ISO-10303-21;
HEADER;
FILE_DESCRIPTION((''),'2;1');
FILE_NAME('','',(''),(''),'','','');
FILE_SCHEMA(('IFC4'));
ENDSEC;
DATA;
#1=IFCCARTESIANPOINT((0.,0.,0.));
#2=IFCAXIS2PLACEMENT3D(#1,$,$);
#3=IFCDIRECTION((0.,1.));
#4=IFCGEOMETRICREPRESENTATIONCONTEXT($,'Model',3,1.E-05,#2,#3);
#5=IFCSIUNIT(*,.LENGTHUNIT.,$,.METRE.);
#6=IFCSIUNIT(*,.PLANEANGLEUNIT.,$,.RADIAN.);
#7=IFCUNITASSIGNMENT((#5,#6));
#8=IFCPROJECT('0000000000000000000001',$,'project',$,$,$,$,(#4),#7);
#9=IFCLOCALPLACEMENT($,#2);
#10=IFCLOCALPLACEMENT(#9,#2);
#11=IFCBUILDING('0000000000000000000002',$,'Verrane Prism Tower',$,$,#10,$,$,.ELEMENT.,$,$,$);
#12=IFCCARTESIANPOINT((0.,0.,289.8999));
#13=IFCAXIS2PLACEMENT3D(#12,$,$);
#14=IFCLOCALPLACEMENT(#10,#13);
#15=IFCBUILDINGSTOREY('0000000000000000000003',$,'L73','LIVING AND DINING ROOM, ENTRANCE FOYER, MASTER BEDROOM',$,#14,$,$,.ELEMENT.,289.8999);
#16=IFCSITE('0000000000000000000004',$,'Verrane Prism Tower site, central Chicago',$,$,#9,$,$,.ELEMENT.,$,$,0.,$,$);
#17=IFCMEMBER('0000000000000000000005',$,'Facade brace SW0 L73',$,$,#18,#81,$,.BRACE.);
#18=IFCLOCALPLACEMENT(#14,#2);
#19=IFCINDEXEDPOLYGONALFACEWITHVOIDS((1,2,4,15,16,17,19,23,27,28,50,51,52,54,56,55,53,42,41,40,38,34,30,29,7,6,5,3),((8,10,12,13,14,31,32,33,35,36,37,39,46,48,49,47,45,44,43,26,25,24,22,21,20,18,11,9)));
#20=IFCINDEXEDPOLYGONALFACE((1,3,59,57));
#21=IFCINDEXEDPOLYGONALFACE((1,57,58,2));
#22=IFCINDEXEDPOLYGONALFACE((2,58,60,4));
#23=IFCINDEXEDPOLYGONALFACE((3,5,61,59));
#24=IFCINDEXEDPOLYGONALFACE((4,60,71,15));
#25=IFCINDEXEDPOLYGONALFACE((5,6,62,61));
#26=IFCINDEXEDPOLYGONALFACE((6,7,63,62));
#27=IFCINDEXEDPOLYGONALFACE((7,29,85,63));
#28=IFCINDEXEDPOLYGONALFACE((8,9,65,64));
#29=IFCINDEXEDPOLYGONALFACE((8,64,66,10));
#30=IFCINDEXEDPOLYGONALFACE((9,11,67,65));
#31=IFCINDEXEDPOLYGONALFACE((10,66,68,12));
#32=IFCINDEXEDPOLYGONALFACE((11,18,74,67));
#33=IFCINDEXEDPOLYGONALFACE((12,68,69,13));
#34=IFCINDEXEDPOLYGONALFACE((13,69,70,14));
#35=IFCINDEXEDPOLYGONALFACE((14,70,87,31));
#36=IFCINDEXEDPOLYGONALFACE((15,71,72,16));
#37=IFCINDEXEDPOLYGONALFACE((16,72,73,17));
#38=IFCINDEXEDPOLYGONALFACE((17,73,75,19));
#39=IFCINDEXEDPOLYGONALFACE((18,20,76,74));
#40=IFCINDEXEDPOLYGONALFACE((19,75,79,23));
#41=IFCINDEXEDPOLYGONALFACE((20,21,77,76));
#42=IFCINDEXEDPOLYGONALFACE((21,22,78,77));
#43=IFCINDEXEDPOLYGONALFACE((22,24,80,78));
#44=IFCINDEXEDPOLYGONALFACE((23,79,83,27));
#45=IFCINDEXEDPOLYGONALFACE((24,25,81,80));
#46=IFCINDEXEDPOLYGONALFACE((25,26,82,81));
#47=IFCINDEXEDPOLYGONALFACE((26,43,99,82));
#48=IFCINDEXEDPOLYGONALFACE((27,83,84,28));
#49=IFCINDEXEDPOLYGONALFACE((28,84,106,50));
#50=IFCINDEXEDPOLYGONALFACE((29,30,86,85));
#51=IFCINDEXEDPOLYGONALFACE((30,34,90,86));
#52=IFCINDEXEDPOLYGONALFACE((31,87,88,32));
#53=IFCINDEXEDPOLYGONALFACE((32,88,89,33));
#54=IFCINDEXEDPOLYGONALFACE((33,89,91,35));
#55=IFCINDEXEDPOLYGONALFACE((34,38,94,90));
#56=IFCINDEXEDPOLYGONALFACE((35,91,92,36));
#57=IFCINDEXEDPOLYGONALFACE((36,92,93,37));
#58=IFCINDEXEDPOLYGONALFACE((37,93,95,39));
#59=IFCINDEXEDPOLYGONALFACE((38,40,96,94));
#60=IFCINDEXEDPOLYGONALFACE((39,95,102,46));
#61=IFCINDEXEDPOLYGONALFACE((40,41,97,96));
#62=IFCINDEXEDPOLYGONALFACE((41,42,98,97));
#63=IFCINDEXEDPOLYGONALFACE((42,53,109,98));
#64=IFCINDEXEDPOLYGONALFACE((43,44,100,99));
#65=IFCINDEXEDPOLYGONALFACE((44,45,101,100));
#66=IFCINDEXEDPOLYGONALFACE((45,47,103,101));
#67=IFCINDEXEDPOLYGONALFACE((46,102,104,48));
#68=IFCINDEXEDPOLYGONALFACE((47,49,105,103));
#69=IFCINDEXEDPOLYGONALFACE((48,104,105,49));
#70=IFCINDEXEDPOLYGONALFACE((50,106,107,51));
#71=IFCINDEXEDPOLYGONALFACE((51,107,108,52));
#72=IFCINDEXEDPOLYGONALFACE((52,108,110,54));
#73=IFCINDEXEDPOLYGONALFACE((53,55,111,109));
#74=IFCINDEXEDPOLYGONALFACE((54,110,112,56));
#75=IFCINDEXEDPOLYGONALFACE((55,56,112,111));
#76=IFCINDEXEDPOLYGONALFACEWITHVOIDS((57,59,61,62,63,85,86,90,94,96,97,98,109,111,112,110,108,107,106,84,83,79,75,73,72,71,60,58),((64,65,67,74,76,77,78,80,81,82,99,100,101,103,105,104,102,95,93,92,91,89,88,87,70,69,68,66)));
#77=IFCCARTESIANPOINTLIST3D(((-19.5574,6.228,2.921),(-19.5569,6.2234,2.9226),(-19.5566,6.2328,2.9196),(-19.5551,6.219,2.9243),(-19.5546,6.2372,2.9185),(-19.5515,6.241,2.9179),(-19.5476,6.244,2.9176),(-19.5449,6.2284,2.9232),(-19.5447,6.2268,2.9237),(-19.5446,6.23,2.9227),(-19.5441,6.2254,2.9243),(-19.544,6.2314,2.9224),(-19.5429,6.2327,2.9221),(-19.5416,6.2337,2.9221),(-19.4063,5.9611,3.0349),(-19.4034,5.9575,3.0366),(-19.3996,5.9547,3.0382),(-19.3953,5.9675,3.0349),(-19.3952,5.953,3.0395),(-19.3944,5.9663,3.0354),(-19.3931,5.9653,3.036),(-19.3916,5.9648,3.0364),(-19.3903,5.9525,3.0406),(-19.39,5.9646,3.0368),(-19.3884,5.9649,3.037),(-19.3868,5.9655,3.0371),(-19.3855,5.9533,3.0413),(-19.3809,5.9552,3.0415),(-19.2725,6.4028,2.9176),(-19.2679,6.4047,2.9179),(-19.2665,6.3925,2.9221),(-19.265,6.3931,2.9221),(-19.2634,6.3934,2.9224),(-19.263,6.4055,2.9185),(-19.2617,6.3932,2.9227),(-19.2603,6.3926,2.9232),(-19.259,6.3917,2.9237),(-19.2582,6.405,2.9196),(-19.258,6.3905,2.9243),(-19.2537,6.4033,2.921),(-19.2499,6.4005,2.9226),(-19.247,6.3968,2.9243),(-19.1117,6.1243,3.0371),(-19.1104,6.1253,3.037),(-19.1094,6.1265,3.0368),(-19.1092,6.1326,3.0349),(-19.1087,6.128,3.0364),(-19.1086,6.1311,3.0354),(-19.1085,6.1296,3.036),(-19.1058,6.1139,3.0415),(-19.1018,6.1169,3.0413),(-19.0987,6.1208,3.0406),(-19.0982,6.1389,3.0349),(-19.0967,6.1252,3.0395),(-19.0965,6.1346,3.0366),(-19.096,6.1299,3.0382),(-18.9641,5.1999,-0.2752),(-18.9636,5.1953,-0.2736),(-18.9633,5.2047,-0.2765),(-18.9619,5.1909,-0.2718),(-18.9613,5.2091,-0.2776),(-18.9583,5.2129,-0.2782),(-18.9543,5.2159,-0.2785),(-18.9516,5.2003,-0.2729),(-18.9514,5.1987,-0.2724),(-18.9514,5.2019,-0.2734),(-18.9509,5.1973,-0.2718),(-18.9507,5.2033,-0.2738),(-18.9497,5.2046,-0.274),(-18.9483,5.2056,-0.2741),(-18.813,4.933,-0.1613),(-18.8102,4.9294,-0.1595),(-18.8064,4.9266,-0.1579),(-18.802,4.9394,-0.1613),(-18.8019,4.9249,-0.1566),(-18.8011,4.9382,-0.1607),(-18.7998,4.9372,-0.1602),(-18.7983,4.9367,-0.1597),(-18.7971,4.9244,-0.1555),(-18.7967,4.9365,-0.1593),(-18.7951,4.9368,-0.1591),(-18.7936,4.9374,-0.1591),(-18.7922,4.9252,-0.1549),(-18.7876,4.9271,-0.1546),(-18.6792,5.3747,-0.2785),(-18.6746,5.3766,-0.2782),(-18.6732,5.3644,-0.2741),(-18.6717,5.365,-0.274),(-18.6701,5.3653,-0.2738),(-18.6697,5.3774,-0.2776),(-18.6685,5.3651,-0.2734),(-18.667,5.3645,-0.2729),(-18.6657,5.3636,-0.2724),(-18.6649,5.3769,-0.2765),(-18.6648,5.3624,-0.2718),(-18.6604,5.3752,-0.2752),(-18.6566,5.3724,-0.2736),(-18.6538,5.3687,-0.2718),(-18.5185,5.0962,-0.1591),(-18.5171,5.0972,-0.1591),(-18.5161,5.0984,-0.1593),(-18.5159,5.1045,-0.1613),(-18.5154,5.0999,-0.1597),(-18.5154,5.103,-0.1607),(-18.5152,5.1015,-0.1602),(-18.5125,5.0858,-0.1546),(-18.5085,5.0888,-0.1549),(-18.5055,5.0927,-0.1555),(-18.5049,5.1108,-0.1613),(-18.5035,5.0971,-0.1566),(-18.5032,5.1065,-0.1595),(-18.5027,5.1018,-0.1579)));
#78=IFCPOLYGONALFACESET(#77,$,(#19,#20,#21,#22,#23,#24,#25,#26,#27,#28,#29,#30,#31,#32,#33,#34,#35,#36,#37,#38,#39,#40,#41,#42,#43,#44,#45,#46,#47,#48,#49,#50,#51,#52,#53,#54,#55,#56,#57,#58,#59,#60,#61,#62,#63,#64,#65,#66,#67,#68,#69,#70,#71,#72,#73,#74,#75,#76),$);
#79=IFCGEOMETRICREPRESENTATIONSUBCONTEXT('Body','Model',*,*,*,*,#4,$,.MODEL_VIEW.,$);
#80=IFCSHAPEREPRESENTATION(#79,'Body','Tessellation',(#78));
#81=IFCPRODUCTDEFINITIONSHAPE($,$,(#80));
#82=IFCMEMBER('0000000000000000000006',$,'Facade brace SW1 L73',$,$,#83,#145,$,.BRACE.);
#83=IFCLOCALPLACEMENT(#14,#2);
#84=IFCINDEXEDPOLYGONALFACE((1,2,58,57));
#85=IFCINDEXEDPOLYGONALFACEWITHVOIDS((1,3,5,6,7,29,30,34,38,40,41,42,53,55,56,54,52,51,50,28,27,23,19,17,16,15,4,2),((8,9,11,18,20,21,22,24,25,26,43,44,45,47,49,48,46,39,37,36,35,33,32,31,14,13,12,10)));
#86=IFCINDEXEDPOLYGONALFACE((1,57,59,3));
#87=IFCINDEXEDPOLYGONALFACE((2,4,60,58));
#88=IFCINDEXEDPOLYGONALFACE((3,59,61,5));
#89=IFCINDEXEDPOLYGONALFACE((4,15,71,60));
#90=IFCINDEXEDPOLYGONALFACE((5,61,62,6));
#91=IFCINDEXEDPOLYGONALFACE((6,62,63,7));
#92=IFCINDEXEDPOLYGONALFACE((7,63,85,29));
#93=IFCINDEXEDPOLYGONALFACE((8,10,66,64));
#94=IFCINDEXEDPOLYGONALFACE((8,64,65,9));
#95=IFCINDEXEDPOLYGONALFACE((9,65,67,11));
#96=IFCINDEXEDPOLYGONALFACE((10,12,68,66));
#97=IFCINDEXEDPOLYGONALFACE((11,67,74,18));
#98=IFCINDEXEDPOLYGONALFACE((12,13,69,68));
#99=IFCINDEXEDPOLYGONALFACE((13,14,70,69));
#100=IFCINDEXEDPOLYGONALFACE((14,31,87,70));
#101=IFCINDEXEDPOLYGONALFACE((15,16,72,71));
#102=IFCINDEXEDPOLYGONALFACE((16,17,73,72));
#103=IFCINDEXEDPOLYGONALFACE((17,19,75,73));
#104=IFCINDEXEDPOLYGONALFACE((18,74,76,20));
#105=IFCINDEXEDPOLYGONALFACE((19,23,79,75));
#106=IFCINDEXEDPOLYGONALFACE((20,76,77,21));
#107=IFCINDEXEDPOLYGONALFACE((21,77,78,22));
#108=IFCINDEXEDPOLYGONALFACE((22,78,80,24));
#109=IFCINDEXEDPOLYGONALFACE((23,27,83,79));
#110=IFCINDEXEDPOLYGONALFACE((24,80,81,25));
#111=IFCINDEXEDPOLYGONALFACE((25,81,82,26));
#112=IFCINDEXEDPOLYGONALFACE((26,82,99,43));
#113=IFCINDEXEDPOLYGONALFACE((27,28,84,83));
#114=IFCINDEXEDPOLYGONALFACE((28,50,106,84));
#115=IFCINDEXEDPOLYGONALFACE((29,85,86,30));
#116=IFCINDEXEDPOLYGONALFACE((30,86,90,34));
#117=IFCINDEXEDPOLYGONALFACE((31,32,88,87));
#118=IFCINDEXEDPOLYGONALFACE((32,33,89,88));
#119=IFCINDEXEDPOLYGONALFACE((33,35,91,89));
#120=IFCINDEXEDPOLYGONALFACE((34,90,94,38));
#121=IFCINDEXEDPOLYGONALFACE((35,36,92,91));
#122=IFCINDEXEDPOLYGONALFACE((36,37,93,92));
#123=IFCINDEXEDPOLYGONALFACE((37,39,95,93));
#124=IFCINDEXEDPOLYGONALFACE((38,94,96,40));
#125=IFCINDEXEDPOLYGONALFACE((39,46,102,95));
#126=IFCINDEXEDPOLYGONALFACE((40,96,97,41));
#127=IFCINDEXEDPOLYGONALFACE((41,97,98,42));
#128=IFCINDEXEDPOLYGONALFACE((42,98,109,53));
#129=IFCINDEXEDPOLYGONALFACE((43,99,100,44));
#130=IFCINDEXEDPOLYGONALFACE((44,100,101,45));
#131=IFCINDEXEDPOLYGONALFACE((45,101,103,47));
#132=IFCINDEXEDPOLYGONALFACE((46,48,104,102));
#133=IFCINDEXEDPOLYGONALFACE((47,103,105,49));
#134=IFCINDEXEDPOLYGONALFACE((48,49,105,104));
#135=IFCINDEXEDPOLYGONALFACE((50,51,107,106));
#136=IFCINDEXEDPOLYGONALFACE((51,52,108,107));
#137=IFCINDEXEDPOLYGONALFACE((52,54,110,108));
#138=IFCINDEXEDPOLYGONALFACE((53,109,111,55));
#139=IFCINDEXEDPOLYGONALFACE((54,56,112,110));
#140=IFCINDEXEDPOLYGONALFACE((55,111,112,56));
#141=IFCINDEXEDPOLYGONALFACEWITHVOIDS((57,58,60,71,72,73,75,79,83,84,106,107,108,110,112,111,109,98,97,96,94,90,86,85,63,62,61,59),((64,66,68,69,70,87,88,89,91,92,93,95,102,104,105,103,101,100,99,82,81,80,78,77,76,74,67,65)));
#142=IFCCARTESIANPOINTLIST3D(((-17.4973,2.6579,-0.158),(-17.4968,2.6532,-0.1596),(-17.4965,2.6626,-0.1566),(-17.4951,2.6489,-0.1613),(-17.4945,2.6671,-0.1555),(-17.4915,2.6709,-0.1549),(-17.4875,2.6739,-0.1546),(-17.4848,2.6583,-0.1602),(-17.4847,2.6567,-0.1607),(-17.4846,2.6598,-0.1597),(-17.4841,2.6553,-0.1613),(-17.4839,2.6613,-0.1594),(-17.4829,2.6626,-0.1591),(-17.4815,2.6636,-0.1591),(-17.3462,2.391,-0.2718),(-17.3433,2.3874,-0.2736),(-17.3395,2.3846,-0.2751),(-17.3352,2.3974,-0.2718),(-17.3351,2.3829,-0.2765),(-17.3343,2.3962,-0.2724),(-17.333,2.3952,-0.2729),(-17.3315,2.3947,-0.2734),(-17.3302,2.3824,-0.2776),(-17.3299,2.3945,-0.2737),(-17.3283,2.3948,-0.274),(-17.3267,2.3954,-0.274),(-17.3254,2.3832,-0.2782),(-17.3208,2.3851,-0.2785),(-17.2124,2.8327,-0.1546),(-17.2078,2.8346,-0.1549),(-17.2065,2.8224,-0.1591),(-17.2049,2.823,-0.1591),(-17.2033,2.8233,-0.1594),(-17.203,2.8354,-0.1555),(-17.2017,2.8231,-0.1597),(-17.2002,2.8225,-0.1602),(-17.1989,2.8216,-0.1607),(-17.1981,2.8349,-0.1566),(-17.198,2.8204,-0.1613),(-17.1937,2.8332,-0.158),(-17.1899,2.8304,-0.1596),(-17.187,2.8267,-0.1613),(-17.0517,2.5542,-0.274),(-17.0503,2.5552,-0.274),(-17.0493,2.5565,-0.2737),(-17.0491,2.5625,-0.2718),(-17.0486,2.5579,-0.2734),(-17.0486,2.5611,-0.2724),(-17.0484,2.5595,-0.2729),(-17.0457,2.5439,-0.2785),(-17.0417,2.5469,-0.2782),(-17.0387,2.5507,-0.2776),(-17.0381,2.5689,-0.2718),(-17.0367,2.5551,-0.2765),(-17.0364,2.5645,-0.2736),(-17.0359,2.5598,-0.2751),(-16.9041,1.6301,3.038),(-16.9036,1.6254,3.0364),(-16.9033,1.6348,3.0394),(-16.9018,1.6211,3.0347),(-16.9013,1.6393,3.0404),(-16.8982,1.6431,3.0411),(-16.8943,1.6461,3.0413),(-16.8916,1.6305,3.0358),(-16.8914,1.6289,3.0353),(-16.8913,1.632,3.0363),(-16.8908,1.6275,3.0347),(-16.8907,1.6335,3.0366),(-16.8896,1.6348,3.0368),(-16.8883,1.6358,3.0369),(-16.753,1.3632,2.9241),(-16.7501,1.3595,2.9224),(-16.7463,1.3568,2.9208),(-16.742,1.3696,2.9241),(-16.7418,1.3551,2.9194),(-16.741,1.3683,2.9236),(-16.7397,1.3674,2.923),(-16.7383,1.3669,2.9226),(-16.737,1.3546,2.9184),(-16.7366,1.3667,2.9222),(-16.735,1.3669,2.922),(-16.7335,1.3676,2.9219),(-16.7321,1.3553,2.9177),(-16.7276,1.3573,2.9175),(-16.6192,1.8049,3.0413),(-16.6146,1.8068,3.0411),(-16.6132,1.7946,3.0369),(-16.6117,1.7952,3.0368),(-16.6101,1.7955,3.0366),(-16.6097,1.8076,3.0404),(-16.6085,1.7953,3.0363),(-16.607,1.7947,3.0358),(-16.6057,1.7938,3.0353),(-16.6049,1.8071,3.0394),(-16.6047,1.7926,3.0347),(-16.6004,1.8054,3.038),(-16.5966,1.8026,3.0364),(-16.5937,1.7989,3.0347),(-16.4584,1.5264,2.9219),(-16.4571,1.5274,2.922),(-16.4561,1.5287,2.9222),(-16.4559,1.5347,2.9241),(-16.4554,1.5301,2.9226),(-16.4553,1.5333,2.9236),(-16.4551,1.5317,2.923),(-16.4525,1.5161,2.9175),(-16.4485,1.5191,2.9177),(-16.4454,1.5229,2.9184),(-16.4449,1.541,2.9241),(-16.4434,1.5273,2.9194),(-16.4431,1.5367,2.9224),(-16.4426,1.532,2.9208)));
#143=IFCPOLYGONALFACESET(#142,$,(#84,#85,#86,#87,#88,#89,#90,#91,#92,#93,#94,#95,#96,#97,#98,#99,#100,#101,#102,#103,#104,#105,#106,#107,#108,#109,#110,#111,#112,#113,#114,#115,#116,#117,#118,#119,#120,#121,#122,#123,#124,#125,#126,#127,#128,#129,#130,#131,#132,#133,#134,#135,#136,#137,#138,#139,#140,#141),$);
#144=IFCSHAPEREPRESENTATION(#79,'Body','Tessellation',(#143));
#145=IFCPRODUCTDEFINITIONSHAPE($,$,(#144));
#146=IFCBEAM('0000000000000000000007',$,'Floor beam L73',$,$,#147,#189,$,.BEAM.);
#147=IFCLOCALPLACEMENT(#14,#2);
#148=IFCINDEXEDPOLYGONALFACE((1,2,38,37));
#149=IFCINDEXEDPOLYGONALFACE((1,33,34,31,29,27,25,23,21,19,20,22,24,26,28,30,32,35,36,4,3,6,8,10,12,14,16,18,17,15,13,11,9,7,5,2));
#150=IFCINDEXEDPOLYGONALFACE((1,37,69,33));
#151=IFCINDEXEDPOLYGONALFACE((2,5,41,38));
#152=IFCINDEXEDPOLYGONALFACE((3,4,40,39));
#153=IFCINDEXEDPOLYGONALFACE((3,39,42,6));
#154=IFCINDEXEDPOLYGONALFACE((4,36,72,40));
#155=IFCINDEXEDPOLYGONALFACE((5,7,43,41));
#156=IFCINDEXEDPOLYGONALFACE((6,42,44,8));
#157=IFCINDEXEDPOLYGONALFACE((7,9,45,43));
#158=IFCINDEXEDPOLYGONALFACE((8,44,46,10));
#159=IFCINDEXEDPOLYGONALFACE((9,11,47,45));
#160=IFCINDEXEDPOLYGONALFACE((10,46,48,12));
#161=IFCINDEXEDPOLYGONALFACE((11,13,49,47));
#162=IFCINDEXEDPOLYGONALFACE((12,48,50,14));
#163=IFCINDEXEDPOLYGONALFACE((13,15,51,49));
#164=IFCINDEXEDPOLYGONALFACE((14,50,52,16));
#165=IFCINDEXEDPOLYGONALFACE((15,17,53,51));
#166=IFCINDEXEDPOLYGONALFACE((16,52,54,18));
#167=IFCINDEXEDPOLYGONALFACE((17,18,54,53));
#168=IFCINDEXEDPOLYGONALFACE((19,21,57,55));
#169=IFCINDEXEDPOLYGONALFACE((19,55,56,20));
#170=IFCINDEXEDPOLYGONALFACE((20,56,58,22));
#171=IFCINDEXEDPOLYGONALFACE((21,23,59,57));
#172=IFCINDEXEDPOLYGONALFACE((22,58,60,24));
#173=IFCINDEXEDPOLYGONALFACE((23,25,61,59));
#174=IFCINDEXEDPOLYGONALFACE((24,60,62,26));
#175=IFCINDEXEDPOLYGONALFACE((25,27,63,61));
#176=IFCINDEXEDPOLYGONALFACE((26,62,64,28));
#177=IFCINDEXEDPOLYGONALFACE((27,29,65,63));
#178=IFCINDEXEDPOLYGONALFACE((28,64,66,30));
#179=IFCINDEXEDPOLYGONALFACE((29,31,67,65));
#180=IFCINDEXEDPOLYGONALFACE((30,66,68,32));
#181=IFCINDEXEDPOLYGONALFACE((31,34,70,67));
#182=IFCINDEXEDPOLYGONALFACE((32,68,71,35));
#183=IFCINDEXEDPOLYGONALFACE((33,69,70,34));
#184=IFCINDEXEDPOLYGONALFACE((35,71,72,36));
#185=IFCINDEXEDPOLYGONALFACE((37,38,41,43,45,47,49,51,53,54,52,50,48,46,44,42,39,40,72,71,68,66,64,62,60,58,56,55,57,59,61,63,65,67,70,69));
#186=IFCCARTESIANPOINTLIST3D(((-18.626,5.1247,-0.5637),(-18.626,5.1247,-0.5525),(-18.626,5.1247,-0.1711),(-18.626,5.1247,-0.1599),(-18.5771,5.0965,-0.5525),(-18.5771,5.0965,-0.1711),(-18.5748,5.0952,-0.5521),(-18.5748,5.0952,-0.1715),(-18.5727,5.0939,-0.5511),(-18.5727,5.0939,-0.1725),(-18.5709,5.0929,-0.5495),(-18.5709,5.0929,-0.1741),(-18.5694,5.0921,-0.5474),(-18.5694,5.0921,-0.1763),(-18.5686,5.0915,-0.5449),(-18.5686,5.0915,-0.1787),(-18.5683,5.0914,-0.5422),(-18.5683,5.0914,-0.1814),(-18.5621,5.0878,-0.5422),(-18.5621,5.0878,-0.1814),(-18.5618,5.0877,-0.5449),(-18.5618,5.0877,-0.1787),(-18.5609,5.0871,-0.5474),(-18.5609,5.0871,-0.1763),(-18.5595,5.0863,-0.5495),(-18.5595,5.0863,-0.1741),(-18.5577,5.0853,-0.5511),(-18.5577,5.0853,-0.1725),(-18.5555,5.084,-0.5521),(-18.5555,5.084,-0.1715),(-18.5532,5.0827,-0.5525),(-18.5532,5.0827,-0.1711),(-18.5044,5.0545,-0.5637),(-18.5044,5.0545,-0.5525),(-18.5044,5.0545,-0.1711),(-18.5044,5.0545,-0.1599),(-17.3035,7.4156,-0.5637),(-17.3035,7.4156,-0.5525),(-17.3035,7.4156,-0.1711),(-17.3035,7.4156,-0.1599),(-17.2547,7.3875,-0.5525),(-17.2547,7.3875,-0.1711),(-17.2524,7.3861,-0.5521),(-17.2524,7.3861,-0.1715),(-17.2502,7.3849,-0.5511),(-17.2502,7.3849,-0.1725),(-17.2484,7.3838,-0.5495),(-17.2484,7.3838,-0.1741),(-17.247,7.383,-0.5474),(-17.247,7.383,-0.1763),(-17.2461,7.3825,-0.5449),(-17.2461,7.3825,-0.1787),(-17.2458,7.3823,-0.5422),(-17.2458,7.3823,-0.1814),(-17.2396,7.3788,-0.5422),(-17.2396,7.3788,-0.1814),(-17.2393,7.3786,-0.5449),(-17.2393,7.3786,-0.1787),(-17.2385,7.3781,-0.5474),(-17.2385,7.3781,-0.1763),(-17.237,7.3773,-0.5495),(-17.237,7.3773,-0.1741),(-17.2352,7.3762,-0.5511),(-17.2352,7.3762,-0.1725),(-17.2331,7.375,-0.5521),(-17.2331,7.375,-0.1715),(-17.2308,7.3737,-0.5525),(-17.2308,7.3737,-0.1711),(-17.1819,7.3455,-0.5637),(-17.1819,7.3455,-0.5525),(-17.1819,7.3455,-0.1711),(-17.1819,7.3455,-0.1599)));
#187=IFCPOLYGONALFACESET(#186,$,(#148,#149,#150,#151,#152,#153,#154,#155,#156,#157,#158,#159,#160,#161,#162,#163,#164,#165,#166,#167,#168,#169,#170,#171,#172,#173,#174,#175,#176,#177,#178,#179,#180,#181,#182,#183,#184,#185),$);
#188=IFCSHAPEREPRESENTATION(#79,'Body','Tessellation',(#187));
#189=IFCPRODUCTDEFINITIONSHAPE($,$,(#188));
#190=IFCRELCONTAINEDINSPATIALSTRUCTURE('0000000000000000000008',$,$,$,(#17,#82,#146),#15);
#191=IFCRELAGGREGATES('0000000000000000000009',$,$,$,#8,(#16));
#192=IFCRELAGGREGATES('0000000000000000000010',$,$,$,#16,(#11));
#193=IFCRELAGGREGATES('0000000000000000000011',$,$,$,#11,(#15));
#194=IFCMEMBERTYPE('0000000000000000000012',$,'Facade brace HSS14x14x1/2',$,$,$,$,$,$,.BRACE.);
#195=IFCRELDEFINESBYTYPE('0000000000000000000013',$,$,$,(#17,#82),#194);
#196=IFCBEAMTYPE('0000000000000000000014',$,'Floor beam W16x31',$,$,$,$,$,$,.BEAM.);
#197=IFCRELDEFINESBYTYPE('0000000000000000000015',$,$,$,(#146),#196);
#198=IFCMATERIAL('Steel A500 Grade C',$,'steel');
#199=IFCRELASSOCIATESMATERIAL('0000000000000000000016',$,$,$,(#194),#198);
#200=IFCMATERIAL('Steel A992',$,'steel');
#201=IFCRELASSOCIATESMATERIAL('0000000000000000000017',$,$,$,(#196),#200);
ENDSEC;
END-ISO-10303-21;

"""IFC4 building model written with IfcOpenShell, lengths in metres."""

from ifc_helpers import new_model, si_unit, direction, frame, origin, origin_2d, place, context, subcontext, project, spatial, hollow_rectangle, i_section, extrude, material, material_profile, profile_set, type_object, element, save


model = new_model("IFC4")

# Units and contexts
model_context = context("Model", 3, precision=1e-05, world=origin(), true_north=direction((0.0, 1.0)))
body_context = subcontext(model_context, "Body", "Model", "MODEL_VIEW")
ifc_project = project(units=[si_unit("LENGTHUNIT", "METRE"), si_unit("PLANEANGLEUNIT", "RADIAN")], contexts=[model_context])

# Site, building, storey
site_placement = place(None, origin())
site = spatial("IfcSite", under=ifc_project, at=site_placement, Name="Verrane Prism Tower site, central Chicago", CompositionType="ELEMENT", RefElevation=0.0)
building_placement = place(site_placement, origin())
building = spatial("IfcBuilding", under=site, at=building_placement, Name="Verrane Prism Tower", CompositionType="ELEMENT")
storey_placement = place(building_placement, frame((0.0, 0.0, 289.8999)))
storey = spatial("IfcBuildingStorey", under=building, at=storey_placement, Name="L73", Description="LIVING AND DINING ROOM, ENTRANCE FOYER, MASTER BEDROOM", CompositionType="ELEMENT", Elevation=289.8999)

# Members
ifc_material_1 = material(Name="Steel A500 Grade C", Category="steel")
ifc_material_profile_1 = material_profile(ifc_material_1, hollow_rectangle(XDim=0.3557, YDim=0.3557, WallThickness=0.0127, InnerFilletRadius=0.0063, OuterFilletRadius=0.019, at=origin_2d()), Name="HSS14x14x1/2")
ifc_profile_set_1 = profile_set([ifc_material_profile_1], Name="Steel A500 Grade C")
member_type_1 = type_object("IfcMemberType", Name="Facade brace HSS14x14x1/2", PredefinedType="BRACE", material=ifc_profile_set_1)
member_1_placement = place(storey_placement, frame((-18.7334, 5.1509, -0.2166), z_axis=(-0.174011, 0.301547, 0.937438), x_axis=(-0.866134, -0.499811, 0.0)))
element("IfcMember", 1, at=member_1_placement, inside=storey, type_object=member_type_1, Name="Facade brace SW0 L73", PredefinedType="BRACE", context=body_context, shape_type="SweptSolid", body=[
    extrude(hollow_rectangle(XDim=0.3557, YDim=0.3557, WallThickness=0.0127, InnerFilletRadius=0.0063, OuterFilletRadius=0.019, at=origin_2d()), origin(), (0.0, 0.0, 1.0), 3.4094),
])
member_2_placement = place(storey_placement, frame((-17.2666, 2.6089, -0.2166), z_axis=(0.174014, -0.301482, 0.937458), x_axis=(0.866083, 0.499901, 0.0)))
element("IfcMember", 2, at=member_2_placement, inside=storey, type_object=member_type_1, Name="Facade brace SW1 L73", PredefinedType="BRACE", context=body_context, shape_type="SweptSolid", body=[
    extrude(hollow_rectangle(XDim=0.3557, YDim=0.3557, WallThickness=0.0127, InnerFilletRadius=0.0063, OuterFilletRadius=0.019, at=origin_2d()), origin(), (0.0, 0.0, 1.0), 3.4092),
])

# Beam
ifc_material_2 = material(Name="Steel A992", Category="steel")
ifc_material_profile_2 = material_profile(ifc_material_2, i_section(OverallWidth=0.1404, OverallDepth=0.4038, WebThickness=0.0071, FlangeThickness=0.0112, FilletRadius=0.0103, at=origin_2d()), Name="W16x31")
ifc_profile_set_2 = profile_set([ifc_material_profile_2], Name="Steel A992")
beam_type_1 = type_object("IfcBeamType", Name="Floor beam W16x31", PredefinedType="BEAM", material=ifc_profile_set_2)
beam_1_placement = place(storey_placement, frame((-18.5652, 5.0896, -0.3618), z_axis=(0.499941, 0.86606, 0.0), x_axis=(-0.86606, 0.499941, 0.0)))
element("IfcBeam", 3, at=beam_1_placement, inside=storey, type_object=beam_type_1, Name="Floor beam L73", PredefinedType="BEAM", context=body_context, shape_type="SweptSolid", body=[
    extrude(i_section(OverallWidth=0.1404, OverallDepth=0.4038, WebThickness=0.0071, FlangeThickness=0.0112, FilletRadius=0.0103, at=origin_2d()), origin(), (0.0, 0.0, 1.0), 2.6453),
])

save(model, "model.ifc")
